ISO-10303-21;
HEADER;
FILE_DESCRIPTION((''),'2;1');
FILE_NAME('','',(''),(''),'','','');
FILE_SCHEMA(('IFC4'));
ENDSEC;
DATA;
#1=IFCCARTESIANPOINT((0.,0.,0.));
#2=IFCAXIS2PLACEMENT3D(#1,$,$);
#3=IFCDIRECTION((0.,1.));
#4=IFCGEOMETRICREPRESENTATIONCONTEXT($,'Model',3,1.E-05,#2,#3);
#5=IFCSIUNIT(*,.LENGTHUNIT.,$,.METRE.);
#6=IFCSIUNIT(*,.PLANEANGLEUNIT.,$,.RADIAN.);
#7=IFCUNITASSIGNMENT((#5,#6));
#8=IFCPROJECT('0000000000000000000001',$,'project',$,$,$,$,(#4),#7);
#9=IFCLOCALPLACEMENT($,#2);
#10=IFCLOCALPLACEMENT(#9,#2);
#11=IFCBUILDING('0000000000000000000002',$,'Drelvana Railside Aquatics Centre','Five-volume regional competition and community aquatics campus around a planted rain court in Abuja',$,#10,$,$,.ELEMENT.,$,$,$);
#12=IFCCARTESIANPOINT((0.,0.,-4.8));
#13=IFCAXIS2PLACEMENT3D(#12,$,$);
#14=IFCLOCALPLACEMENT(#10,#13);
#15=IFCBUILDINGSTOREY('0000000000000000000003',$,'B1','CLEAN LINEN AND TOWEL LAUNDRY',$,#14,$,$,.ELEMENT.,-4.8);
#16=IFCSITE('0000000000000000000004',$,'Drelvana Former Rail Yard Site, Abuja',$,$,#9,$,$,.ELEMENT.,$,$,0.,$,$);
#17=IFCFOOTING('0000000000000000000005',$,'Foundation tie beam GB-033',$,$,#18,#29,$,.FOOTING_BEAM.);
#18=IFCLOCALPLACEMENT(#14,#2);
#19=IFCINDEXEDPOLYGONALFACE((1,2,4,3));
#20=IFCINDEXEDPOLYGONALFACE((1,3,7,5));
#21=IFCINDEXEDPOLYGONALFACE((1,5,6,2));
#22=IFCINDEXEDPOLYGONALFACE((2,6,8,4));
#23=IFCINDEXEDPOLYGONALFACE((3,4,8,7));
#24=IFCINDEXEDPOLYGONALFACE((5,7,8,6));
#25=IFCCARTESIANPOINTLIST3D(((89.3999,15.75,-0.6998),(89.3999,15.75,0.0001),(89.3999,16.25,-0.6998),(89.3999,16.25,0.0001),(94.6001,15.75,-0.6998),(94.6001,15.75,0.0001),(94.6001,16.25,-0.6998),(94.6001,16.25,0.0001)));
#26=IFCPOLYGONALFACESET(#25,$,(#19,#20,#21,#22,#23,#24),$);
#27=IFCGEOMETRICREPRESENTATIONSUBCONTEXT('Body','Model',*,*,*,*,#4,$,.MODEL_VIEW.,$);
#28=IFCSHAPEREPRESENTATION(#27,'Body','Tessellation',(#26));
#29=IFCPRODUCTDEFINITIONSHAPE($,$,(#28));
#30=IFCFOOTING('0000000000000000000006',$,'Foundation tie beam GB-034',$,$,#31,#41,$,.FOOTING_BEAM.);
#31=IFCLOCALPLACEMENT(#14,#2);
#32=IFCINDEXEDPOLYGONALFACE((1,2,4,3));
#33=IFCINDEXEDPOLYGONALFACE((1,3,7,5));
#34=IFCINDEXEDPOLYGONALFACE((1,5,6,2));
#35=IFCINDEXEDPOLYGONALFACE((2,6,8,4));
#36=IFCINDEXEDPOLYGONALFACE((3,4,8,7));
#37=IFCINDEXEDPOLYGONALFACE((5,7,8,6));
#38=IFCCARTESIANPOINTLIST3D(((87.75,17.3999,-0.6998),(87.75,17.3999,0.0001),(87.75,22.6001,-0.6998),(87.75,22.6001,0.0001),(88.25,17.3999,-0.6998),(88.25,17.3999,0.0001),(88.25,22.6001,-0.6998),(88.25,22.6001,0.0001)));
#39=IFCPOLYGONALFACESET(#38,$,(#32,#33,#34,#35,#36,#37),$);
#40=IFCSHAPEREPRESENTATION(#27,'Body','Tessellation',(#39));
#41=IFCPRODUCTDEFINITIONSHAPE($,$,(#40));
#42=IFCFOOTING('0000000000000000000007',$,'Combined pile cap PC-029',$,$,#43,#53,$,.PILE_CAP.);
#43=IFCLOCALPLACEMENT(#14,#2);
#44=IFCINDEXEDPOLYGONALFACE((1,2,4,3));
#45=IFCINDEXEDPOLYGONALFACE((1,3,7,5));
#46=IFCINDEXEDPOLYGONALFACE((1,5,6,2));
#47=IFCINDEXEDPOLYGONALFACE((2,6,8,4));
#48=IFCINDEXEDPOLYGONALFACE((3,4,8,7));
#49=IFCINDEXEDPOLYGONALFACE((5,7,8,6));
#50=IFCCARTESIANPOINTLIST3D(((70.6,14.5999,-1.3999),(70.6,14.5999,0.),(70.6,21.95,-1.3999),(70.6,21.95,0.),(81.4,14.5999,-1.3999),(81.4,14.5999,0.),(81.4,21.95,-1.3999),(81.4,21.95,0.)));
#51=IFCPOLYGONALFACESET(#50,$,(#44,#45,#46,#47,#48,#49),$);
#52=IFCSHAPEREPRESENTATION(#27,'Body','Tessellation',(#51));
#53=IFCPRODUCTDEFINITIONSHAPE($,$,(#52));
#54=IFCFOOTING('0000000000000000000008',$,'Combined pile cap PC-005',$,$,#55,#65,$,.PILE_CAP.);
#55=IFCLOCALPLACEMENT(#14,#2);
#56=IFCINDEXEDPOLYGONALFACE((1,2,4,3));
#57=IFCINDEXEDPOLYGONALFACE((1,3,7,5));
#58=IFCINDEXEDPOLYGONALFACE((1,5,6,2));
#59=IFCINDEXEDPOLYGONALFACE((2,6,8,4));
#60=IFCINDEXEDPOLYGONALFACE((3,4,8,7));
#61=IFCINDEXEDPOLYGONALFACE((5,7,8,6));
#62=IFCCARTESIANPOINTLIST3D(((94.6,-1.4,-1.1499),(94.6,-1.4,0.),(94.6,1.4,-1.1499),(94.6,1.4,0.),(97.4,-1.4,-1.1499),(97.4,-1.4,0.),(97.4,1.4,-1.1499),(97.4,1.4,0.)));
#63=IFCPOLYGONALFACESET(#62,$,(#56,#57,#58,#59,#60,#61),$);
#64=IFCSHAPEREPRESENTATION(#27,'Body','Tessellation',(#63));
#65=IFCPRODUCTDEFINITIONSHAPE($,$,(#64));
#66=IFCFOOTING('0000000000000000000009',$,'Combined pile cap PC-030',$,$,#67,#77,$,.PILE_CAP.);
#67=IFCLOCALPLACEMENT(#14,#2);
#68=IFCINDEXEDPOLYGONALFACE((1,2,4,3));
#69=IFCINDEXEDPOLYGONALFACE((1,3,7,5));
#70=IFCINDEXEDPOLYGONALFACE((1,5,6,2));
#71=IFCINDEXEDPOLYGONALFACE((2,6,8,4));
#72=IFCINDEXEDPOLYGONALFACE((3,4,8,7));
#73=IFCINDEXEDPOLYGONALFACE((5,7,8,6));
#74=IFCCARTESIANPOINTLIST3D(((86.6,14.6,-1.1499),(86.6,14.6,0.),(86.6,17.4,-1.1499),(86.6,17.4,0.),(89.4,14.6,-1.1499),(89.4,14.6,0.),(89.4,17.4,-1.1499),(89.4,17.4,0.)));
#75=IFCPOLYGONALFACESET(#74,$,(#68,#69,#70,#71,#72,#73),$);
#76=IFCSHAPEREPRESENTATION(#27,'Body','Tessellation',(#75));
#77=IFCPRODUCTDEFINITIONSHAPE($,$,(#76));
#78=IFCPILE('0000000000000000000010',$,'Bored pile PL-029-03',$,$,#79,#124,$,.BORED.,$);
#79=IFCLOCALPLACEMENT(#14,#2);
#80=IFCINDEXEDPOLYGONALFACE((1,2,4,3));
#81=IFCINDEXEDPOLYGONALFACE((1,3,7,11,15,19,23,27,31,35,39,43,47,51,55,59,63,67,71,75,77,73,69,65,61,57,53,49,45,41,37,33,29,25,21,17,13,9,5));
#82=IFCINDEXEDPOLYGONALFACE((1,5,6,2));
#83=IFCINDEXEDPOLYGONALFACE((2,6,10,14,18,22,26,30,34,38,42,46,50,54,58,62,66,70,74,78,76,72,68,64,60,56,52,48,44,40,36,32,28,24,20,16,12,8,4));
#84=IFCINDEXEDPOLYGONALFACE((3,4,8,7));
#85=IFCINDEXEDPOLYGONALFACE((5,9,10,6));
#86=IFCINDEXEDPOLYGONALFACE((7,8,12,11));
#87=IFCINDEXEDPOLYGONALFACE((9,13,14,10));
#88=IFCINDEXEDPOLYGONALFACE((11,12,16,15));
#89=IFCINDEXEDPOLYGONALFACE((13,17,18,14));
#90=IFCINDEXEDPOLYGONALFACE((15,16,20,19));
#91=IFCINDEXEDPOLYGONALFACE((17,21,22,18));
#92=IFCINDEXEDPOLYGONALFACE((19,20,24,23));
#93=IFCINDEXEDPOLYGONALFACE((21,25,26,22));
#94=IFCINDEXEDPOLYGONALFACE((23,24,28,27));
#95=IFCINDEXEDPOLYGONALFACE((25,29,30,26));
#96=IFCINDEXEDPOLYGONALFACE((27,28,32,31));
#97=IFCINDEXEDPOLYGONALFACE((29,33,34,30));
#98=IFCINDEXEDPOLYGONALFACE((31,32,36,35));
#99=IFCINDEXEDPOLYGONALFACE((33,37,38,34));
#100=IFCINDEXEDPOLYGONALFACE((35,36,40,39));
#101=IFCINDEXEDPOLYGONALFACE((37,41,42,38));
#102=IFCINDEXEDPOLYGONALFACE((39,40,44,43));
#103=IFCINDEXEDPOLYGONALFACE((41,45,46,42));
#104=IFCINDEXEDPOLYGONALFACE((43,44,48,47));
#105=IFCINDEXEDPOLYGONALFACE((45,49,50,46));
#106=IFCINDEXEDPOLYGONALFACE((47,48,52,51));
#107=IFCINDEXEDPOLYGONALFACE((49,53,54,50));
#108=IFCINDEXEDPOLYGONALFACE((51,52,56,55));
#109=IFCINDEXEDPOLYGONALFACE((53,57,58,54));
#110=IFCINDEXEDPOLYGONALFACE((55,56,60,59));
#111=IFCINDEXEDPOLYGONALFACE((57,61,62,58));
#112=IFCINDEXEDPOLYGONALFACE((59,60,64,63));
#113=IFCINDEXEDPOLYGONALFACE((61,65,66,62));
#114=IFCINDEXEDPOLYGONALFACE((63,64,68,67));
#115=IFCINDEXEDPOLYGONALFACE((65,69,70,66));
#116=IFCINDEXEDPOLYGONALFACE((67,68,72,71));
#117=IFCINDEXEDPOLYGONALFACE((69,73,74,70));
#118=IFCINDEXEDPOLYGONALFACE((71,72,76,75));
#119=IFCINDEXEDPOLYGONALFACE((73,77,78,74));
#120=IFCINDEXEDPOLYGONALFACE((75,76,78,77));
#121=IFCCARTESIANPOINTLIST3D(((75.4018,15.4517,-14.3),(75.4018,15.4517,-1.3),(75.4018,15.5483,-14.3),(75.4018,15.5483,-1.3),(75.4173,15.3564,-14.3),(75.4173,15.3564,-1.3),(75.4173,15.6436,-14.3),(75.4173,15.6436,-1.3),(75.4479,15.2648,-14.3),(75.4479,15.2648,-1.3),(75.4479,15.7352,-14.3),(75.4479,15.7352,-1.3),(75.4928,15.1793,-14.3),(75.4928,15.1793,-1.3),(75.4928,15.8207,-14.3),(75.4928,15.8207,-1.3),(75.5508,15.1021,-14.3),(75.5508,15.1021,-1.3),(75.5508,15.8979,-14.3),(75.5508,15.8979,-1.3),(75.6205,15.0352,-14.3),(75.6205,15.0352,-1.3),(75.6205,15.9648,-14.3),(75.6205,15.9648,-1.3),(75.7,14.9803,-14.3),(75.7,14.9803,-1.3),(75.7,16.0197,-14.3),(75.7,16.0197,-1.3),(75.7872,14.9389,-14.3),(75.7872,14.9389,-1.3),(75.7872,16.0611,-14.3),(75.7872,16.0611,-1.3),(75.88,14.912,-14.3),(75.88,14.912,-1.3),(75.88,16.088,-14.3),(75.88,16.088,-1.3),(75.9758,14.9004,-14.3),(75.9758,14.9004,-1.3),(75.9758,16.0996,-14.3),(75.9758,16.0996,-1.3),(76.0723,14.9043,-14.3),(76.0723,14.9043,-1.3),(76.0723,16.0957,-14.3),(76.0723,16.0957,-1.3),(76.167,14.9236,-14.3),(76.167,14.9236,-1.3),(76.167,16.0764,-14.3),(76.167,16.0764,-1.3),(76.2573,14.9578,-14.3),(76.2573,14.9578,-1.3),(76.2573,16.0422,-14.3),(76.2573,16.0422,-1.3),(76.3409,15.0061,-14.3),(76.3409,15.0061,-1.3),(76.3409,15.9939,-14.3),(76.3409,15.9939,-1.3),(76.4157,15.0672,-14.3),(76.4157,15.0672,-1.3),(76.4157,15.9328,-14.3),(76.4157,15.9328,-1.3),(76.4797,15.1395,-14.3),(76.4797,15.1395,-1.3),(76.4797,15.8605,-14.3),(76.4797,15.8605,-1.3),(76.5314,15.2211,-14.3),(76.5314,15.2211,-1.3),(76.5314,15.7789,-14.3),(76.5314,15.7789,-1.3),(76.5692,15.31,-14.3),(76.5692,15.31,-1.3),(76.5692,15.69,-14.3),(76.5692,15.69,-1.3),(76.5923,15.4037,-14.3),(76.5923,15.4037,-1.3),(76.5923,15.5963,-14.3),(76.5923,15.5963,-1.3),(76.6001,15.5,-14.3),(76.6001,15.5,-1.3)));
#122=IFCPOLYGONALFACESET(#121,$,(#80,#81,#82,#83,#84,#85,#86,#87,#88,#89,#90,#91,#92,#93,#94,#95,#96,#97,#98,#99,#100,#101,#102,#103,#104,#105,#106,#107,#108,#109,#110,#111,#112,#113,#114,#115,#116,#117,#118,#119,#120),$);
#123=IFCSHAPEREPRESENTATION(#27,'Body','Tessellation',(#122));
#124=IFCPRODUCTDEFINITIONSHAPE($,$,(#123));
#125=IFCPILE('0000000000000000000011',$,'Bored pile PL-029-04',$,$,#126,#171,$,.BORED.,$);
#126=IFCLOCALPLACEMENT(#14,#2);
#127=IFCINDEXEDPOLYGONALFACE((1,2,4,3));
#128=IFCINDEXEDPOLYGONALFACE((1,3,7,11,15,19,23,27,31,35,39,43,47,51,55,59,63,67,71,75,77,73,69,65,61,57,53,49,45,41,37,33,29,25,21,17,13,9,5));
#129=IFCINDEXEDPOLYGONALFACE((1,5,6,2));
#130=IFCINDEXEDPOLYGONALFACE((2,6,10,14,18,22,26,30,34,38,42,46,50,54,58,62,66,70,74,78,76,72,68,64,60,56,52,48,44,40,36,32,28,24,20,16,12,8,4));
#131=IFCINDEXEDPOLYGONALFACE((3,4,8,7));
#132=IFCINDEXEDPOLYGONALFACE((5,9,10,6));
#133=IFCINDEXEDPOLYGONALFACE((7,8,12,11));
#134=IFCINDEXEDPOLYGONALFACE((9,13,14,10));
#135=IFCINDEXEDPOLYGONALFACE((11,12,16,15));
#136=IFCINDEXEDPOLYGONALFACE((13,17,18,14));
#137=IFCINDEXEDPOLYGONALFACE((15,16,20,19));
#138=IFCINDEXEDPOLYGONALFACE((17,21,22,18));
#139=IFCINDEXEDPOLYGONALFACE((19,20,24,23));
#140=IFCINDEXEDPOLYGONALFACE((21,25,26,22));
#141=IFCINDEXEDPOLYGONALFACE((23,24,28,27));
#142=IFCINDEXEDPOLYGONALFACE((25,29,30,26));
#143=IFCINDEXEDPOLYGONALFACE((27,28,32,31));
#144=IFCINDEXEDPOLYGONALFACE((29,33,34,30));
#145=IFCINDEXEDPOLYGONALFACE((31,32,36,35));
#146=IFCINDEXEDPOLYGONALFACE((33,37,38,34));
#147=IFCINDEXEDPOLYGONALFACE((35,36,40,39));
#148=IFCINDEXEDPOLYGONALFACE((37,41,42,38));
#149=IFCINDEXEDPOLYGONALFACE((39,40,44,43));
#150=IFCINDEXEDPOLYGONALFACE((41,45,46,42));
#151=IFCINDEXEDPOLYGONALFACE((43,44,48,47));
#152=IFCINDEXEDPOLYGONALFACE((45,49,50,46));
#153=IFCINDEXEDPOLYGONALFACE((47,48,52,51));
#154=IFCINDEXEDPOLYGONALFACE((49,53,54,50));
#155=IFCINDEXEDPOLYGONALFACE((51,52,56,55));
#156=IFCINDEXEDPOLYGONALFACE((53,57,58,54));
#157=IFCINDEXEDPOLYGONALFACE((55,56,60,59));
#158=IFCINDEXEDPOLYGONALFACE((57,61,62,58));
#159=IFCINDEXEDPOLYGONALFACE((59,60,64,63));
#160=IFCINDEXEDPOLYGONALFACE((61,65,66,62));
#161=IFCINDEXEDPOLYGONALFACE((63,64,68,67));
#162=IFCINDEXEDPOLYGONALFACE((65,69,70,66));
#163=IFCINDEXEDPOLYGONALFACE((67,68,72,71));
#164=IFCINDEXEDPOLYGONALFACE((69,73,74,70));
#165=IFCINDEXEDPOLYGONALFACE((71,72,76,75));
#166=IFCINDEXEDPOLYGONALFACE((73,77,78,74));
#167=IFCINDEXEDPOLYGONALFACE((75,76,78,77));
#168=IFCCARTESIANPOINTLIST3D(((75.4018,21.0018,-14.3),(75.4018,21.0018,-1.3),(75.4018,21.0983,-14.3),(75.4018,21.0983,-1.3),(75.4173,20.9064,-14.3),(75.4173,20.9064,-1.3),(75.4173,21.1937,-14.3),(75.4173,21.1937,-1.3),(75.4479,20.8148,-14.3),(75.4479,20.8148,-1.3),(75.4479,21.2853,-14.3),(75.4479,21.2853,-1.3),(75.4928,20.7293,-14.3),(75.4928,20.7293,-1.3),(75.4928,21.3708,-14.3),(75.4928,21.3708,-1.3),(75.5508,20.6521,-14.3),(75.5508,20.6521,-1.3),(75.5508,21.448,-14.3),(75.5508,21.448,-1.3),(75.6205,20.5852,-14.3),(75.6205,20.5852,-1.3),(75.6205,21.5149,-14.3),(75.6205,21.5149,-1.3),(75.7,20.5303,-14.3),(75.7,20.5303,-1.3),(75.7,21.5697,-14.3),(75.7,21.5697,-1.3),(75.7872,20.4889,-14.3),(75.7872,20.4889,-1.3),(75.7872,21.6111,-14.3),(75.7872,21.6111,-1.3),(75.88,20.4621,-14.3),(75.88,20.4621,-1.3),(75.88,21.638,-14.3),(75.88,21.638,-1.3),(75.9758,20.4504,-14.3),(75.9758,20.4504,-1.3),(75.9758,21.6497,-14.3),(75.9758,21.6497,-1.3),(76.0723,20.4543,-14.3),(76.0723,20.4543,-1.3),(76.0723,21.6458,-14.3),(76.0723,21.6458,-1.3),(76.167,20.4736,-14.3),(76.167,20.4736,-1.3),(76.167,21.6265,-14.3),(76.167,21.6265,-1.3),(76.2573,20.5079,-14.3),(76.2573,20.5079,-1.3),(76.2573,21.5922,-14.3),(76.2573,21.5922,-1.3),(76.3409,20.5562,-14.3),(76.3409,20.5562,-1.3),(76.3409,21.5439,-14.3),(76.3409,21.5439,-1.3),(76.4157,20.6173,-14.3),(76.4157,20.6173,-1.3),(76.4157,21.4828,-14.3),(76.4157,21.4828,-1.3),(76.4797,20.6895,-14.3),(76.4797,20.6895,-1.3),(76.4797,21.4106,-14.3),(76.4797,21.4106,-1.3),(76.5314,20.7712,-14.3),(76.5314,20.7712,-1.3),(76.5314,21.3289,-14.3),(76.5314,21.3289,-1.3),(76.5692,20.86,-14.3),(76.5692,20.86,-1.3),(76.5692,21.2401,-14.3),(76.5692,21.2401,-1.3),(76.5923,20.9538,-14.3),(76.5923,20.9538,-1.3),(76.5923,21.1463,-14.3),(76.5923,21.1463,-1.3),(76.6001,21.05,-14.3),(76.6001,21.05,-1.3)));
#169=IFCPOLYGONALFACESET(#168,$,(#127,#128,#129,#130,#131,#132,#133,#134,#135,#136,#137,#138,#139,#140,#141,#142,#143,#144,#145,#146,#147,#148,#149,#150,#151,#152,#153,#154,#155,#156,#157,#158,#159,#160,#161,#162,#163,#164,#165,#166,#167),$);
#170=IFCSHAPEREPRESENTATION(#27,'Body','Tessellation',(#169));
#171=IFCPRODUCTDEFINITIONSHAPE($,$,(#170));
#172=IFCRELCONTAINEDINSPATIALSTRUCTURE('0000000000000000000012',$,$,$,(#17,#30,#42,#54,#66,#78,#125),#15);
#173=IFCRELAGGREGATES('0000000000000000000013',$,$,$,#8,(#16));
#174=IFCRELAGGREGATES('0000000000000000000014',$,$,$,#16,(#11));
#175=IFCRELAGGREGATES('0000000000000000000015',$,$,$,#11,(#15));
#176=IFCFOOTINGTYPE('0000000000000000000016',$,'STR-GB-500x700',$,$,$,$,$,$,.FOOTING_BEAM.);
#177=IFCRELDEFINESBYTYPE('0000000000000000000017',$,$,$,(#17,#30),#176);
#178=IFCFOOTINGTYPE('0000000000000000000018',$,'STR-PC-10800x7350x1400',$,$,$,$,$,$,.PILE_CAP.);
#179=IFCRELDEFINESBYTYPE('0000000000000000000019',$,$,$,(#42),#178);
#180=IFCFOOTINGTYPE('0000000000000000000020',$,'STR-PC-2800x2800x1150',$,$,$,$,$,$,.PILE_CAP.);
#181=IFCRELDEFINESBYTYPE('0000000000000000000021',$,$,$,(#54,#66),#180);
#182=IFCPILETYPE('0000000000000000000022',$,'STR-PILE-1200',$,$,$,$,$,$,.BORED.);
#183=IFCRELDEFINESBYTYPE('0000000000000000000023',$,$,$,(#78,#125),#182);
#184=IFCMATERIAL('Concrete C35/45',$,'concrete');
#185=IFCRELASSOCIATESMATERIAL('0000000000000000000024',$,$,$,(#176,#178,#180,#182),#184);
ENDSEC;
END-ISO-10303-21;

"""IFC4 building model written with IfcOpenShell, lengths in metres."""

from ifc_helpers import new_model, si_unit, direction, frame, origin, origin_2d, place, context, subcontext, project, spatial, rectangle, circle, extrude, material, material_profile, profile_set, type_object, element, save


model = new_model("IFC4")

# Units and contexts
model_context = context("Model", 3, precision=1e-05, world=origin(), true_north=direction((0.0, 1.0)))
body_context = subcontext(model_context, "Body", "Model", "MODEL_VIEW")
ifc_project = project(units=[si_unit("LENGTHUNIT", "METRE"), si_unit("PLANEANGLEUNIT", "RADIAN")], contexts=[model_context])

# Site, building, storey
site_placement = place(None, origin())
site = spatial("IfcSite", under=ifc_project, at=site_placement, Name="Drelvana Former Rail Yard Site, Abuja", CompositionType="ELEMENT", RefElevation=0.0)
building_placement = place(site_placement, origin())
building = spatial("IfcBuilding", under=site, at=building_placement, Name="Drelvana Railside Aquatics Centre", Description="Five-volume regional competition and community aquatics campus around a planted rain court in Abuja", CompositionType="ELEMENT")
storey_placement = place(building_placement, frame((0.0, 0.0, -4.8)))
storey = spatial("IfcBuildingStorey", under=building, at=storey_placement, Name="B1", Description="CLEAN LINEN AND TOWEL LAUNDRY", CompositionType="ELEMENT", Elevation=-4.8)

# Footings
ifc_material_1 = material(Name="Concrete C35/45", Category="concrete")
ifc_material_profile_1 = material_profile(ifc_material_1, rectangle(XDim=0.5, YDim=0.7, at=origin_2d()), Name="GB 500x700")
ifc_profile_set_1 = profile_set([ifc_material_profile_1], Name="Concrete C35/45")
footing_type_1 = type_object("IfcFootingType", Name="STR-GB-500x700", PredefinedType="FOOTING_BEAM", material=ifc_profile_set_1)
for number, where, z_axis, x_axis, name in (
    (1, (89.3999, 16.0, -0.3499), (1.0, 0.0, 0.0), (0.0, 1.0, 0.0), "Foundation tie beam GB-033"),
    (2, (88.0, 17.3999, -0.3499), (0.0, 1.0, 0.0), (-1.0, 0.0, 0.0), "Foundation tie beam GB-034"),
):
    element("IfcFooting", number, at=place(storey_placement, frame(where, z_axis=z_axis, x_axis=x_axis)), inside=storey, type_object=footing_type_1, Name=name, PredefinedType="FOOTING_BEAM", context=body_context, shape_type="SweptSolid", body=[
        extrude(rectangle(XDim=0.5, YDim=0.7, at=origin_2d()), origin(), (0.0, 0.0, 1.0), 5.2002),
    ])
footing_type_2 = type_object("IfcFootingType", Name="STR-PC-10800x7350x1400", PredefinedType="PILE_CAP", material=ifc_material_1)
footing_placement = place(storey_placement, frame((76.0, 18.2749, -1.3999), z_axis=(0.0, 0.0, 1.0), x_axis=(1.0, 0.0, 0.0)))
element("IfcFooting", 3, at=footing_placement, inside=storey, type_object=footing_type_2, Name="Combined pile cap PC-029", PredefinedType="PILE_CAP", context=body_context, shape_type="SweptSolid", body=[
    extrude(rectangle(XDim=10.8, YDim=7.3501, at=origin_2d()), origin(), (0.0, 0.0, 1.0), 1.3999),
])
footing_type_3 = type_object("IfcFootingType", Name="STR-PC-2800x2800x1150", PredefinedType="PILE_CAP", material=ifc_material_1)
for number, where, z_axis, x_axis, name in (
    (4, (96.0, 0.0, -1.1499), (0.0, 0.0, 1.0), (1.0, 0.0, 0.0), "Combined pile cap PC-005"),
    (5, (88.0, 16.0, -1.1499), (0.0, 0.0, 1.0), (1.0, 0.0, 0.0), "Combined pile cap PC-030"),
):
    element("IfcFooting", number, at=place(storey_placement, frame(where, z_axis=z_axis, x_axis=x_axis)), inside=storey, type_object=footing_type_3, Name=name, PredefinedType="PILE_CAP", context=body_context, shape_type="SweptSolid", body=[
        extrude(rectangle(XDim=2.8, YDim=2.8, at=origin_2d()), origin(), (0.0, 0.0, 1.0), 1.1499),
    ])

# Piles
ifc_material_profile_2 = material_profile(ifc_material_1, circle(Radius=0.6001, at=origin_2d()), Name="PILE D1200")
ifc_profile_set_2 = profile_set([ifc_material_profile_2], Name="Concrete C35/45")
pile_type_1 = type_object("IfcPileType", Name="STR-PILE-1200", PredefinedType="BORED", material=ifc_profile_set_2)
for number, where, z_axis, x_axis, name in (
    (6, (76.0, 15.5, -1.3), (0.0, 0.0, -1.0), (1.0, 0.0, 0.0), "Bored pile PL-029-03"),
    (7, (76.0, 21.05, -1.3), (0.0, 0.0, -1.0), (1.0, 0.0, 0.0), "Bored pile PL-029-04"),
):
    element("IfcPile", number, at=place(storey_placement, frame(where, z_axis=z_axis, x_axis=x_axis)), inside=storey, type_object=pile_type_1, Name=name, PredefinedType="BORED", context=body_context, shape_type="SweptSolid", body=[
        extrude(circle(Radius=0.6001, at=origin_2d()), origin(), (0.0, 0.0, 1.0), 13.0),
    ])

save(model, "model.ifc")
